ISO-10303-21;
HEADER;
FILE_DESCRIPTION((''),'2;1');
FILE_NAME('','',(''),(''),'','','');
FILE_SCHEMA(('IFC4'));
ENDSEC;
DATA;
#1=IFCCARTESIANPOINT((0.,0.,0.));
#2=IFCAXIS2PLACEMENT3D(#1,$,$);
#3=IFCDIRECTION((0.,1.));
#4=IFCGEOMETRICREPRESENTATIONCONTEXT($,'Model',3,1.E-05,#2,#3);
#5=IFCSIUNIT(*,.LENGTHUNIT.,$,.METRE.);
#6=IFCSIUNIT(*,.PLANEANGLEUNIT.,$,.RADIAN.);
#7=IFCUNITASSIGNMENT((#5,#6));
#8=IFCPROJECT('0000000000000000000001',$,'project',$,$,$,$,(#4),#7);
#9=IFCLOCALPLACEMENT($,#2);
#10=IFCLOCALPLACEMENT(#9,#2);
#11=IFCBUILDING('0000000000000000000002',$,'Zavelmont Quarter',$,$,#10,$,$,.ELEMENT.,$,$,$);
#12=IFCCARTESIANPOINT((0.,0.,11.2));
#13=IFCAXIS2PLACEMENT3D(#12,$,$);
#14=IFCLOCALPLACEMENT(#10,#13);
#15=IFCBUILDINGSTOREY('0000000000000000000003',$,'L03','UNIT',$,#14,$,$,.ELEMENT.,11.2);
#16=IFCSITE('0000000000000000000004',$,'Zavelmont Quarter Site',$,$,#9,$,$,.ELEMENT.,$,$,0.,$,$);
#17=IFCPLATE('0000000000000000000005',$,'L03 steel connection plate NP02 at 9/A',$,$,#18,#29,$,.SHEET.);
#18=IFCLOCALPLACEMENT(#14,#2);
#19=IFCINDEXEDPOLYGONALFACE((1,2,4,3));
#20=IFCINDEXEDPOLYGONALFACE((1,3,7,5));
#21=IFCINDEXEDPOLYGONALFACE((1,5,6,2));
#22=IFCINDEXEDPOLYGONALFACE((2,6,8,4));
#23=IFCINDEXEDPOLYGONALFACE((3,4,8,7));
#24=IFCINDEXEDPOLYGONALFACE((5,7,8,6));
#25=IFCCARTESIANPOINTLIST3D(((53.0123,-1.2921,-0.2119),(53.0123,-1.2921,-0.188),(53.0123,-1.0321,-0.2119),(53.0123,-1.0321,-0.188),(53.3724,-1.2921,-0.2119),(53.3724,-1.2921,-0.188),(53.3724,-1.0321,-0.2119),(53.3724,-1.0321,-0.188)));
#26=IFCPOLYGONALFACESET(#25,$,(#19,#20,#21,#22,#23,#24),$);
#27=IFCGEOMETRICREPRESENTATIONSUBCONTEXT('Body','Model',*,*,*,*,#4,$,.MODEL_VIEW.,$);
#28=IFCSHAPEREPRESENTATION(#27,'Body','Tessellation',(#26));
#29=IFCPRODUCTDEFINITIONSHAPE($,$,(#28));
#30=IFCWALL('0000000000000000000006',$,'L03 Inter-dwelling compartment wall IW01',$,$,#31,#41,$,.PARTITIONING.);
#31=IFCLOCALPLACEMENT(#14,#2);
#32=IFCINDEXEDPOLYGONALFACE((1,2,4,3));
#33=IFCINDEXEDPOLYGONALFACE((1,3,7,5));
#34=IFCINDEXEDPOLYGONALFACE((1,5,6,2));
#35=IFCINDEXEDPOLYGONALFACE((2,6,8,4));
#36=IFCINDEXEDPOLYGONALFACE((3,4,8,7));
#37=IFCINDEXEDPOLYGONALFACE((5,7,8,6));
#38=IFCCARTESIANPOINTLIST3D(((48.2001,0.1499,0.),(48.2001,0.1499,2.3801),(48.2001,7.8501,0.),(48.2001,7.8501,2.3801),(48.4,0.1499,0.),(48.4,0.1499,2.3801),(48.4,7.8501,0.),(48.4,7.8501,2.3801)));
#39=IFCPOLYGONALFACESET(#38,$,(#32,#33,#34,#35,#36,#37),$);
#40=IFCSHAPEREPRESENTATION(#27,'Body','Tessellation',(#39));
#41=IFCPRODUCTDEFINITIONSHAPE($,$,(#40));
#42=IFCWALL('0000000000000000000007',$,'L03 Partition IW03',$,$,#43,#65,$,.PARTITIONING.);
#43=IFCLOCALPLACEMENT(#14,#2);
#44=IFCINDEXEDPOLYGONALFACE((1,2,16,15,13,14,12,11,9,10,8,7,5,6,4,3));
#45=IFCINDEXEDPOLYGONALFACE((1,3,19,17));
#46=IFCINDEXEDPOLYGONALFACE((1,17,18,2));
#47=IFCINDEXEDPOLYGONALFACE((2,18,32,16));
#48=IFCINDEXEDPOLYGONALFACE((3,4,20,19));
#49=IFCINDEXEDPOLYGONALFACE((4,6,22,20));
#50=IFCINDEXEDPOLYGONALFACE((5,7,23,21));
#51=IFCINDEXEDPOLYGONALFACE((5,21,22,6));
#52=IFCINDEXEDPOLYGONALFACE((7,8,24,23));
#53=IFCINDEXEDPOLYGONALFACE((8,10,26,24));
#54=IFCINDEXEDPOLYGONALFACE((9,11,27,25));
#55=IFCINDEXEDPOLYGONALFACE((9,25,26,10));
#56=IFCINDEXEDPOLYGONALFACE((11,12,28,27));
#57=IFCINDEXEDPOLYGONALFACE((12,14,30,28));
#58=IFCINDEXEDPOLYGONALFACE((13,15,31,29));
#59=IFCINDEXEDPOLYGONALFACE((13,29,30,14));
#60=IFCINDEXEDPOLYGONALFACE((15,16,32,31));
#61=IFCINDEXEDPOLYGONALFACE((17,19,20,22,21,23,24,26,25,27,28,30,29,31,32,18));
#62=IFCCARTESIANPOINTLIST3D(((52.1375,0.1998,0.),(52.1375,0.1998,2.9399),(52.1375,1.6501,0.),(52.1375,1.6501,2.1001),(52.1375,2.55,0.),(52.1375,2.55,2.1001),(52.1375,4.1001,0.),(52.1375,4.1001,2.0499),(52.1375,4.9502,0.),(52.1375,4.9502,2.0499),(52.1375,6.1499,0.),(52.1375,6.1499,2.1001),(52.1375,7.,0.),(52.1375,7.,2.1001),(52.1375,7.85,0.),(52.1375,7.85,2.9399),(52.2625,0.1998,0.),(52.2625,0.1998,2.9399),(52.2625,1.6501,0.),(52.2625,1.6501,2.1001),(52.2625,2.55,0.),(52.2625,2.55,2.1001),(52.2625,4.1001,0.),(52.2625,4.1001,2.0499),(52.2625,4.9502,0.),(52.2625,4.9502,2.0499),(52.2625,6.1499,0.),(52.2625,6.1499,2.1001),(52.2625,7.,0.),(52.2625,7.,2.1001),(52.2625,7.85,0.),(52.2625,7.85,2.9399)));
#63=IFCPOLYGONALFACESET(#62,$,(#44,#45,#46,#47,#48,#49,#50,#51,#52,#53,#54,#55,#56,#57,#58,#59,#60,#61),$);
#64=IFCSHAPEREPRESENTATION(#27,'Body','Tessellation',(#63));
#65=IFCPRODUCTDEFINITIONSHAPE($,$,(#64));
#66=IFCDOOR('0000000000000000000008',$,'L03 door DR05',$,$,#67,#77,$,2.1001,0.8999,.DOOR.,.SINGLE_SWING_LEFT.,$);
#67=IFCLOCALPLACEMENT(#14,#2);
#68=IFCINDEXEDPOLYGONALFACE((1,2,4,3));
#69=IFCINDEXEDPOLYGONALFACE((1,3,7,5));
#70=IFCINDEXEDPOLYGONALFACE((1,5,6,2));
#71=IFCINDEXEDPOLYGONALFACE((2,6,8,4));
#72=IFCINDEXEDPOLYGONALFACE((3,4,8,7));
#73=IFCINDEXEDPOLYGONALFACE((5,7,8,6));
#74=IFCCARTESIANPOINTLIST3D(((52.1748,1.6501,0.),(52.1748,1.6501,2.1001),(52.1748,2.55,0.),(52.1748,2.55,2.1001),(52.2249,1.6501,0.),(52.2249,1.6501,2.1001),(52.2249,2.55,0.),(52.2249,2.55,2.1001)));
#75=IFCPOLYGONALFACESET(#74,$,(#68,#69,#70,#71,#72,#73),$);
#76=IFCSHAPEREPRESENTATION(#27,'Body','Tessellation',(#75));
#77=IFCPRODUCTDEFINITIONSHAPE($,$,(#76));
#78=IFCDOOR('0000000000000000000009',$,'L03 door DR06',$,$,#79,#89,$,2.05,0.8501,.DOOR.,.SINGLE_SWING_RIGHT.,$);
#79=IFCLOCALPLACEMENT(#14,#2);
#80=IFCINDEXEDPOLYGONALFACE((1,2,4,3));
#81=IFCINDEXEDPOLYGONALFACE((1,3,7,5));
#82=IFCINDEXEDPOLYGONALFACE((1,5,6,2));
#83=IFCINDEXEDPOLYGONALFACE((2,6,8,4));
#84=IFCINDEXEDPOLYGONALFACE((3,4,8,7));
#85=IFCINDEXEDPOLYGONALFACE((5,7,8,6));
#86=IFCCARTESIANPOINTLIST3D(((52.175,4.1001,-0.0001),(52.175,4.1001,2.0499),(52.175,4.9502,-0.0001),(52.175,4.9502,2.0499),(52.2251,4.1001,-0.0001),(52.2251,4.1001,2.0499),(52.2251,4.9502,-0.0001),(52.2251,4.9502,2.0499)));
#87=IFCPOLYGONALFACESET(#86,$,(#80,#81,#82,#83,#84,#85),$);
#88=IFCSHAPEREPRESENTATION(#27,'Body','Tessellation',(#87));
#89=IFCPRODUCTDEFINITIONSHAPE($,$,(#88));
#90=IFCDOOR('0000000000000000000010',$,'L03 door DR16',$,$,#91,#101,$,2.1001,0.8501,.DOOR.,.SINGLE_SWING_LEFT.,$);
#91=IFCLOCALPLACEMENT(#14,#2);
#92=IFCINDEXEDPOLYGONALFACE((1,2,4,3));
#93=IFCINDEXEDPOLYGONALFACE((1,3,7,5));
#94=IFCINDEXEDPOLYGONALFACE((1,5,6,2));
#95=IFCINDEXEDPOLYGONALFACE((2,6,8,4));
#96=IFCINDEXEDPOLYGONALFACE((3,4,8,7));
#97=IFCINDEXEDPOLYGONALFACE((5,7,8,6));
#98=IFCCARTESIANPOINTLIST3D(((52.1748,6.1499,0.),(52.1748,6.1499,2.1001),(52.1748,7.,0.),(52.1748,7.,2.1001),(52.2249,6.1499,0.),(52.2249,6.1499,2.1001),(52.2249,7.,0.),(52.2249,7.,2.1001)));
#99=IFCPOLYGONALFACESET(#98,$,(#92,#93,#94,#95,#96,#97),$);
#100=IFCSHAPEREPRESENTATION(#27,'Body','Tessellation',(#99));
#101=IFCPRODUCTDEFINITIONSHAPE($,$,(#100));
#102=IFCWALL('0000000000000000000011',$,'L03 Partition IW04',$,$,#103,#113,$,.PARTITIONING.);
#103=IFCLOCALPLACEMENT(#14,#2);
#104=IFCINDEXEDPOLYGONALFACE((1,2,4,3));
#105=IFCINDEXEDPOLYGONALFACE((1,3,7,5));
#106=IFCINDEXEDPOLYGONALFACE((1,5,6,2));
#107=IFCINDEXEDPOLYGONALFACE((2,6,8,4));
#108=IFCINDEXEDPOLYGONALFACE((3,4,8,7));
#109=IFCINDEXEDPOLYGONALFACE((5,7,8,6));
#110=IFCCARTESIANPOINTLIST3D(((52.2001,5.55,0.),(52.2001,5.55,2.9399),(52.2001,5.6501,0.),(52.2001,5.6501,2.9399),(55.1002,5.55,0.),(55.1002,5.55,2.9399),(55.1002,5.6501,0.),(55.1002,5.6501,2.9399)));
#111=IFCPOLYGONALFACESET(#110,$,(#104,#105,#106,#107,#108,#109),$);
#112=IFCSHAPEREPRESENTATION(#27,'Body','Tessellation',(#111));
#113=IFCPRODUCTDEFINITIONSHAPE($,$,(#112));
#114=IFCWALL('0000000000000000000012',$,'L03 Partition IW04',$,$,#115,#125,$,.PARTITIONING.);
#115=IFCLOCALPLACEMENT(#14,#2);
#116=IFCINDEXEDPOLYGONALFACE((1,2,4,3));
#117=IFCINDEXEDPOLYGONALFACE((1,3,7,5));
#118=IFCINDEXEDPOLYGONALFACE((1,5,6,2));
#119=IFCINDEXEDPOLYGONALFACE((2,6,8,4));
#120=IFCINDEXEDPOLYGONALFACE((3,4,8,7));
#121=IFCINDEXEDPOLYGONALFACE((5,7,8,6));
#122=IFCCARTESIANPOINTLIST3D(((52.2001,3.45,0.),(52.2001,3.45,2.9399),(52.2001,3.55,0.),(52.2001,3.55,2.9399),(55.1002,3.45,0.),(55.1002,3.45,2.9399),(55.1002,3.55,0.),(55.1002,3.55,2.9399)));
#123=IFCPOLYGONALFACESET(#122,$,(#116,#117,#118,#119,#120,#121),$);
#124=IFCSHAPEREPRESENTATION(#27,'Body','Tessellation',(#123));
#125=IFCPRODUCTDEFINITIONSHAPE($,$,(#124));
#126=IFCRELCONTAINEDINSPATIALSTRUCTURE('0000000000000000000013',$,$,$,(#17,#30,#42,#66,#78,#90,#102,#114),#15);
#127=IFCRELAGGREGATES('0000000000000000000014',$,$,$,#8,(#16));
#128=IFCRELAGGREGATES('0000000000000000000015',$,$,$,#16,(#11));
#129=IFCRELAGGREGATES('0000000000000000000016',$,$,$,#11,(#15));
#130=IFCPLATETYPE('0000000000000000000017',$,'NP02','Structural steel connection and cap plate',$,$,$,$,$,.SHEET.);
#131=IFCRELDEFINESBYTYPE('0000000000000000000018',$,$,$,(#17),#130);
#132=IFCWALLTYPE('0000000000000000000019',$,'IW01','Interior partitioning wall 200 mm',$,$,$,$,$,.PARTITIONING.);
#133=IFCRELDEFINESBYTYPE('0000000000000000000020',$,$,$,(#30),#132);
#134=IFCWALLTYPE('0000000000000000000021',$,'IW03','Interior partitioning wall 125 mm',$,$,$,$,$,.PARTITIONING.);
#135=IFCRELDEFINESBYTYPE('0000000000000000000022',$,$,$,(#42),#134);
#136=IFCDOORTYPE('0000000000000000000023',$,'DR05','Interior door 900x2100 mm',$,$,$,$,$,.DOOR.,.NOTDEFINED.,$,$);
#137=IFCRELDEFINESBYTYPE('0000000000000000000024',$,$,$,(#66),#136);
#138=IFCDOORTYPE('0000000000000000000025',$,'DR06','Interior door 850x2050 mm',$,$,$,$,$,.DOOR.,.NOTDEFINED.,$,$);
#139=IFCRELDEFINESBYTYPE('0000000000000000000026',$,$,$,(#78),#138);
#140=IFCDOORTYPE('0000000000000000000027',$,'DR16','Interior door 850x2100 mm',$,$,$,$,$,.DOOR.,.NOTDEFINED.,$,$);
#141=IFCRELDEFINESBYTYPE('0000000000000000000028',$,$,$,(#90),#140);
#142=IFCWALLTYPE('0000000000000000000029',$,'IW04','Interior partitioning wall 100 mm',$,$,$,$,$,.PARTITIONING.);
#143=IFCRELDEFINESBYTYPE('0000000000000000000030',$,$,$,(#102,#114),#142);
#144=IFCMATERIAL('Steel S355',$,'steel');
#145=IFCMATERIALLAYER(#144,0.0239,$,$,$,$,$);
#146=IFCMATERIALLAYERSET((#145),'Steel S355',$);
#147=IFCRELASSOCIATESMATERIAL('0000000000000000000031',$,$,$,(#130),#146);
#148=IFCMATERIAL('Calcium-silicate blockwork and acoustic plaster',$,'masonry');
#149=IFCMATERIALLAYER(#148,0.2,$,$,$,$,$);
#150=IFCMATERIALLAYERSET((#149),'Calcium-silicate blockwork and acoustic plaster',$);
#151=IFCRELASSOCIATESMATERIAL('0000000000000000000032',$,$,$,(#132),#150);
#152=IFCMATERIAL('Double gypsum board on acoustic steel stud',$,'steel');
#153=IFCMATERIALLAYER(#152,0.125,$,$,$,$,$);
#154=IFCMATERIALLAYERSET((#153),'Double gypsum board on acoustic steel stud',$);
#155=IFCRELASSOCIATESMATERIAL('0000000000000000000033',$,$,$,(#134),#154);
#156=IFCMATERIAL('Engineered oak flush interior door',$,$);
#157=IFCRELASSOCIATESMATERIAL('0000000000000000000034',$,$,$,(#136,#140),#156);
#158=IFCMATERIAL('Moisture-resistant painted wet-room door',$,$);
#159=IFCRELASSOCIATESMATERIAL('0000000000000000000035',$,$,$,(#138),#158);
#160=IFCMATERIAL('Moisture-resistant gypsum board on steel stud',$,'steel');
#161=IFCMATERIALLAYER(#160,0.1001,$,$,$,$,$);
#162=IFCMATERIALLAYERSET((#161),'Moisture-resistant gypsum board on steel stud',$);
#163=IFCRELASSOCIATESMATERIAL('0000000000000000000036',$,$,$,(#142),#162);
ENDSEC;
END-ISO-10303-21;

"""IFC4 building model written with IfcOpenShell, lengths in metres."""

from ifc_helpers import new_model, si_unit, direction, frame, frame_2d, origin, origin_with_axes, origin_2d, place, context, subcontext, project, spatial, rectangle, extrude, material, layer, layer_set, type_object, element, fill, save


model = new_model("IFC4")

# Units and contexts
model_context = context("Model", 3, precision=1e-05, world=origin(), true_north=direction((0.0, 1.0)))
body_context = subcontext(model_context, "Body", "Model", "MODEL_VIEW")
ifc_project = project(units=[si_unit("LENGTHUNIT", "METRE"), si_unit("PLANEANGLEUNIT", "RADIAN")], contexts=[model_context])

# Site, building, storey
site_placement = place(None, origin())
site = spatial("IfcSite", under=ifc_project, at=site_placement, Name="Zavelmont Quarter Site", CompositionType="ELEMENT", RefElevation=0.0)
building_placement = place(site_placement, origin())
building = spatial("IfcBuilding", under=site, at=building_placement, Name="Zavelmont Quarter", CompositionType="ELEMENT")
storey_placement = place(building_placement, frame((0.0, 0.0, 11.2)))
storey = spatial("IfcBuildingStorey", under=building, at=storey_placement, Name="L03", Description="UNIT", CompositionType="ELEMENT", Elevation=11.2)

# Shared definitions
ifc_material_1 = material(Name="Steel S355", Category="steel")

# Plate
ifc_layer_1 = layer(ifc_material_1, 0.0239)
ifc_layer_set_1 = layer_set([ifc_layer_1], Name="Steel S355")
plate_type = type_object("IfcPlateType", Name="NP02", Description="Structural steel connection and cap plate", PredefinedType="SHEET", material=ifc_layer_set_1)
plate_placement = place(storey_placement, frame((53.1924, -1.1621, -0.2119), z_axis=(0.0, 0.0, 1.0), x_axis=(1.0, 0.0, 0.0)))
element("IfcPlate", 1, at=plate_placement, inside=storey, type_object=plate_type, Name="L03 steel connection plate NP02 at 9/A", PredefinedType="SHEET", context=body_context, shape_type="SweptSolid", body=[
    extrude(rectangle(XDim=0.3601, YDim=0.26, at=origin_2d()), origin(), (0.0, 0.0, 1.0), 0.0239),
])

# Wall
ifc_material_2 = material(Name="Calcium-silicate blockwork and acoustic plaster", Category="masonry")
ifc_layer_2 = layer(ifc_material_2, 0.2)
ifc_layer_set_2 = layer_set([ifc_layer_2], Name="Calcium-silicate blockwork and acoustic plaster")
wall_type_1 = type_object("IfcWallType", Name="IW01", Description="Interior partitioning wall 200 mm", PredefinedType="PARTITIONING", material=ifc_layer_set_2)
wall_1_placement = place(storey_placement, frame((48.3, 7.8501, 0.0), z_axis=(0.0, 0.0, 1.0), x_axis=(0.0, -1.0, 0.0)))
element("IfcWall", 2, at=wall_1_placement, inside=storey, type_object=wall_type_1, Name="L03 Inter-dwelling compartment wall IW01", PredefinedType="PARTITIONING", context=body_context, shape_type="SweptSolid", body=[
    extrude(rectangle(XDim=7.7002, YDim=0.2, at=frame_2d((3.8501, 0.0))), origin(), (0.0, 0.0, 1.0), 2.3801),
])

# Wall, openings, doors
ifc_material_3 = material(Name="Double gypsum board on acoustic steel stud", Category="steel")
ifc_layer_3 = layer(ifc_material_3, 0.125)
ifc_layer_set_3 = layer_set([ifc_layer_3], Name="Double gypsum board on acoustic steel stud")
wall_type_2 = type_object("IfcWallType", Name="IW03", Description="Interior partitioning wall 125 mm", PredefinedType="PARTITIONING", material=ifc_layer_set_3)
wall_2_placement = place(storey_placement, frame((52.2, 7.8501, 0.0), z_axis=(0.0, 0.0, 1.0), x_axis=(0.0, -1.0, 0.0)))
wall_2 = element("IfcWall", 3, at=wall_2_placement, inside=storey, type_object=wall_type_2, Name="L03 Partition IW03", PredefinedType="PARTITIONING", context=body_context, shape_type="SweptSolid", body=[
    extrude(rectangle(XDim=7.6501, YDim=0.125, at=frame_2d((3.8252, 0.0))), origin(), (0.0, 0.0, 1.0), 2.9399),
])
opening_1_placement = place(wall_2_placement, frame((0.8501, 0.0, 0.0)))
opening_1 = element("IfcOpeningElement", 4, at=opening_1_placement, cuts=wall_2, PredefinedType="OPENING", context=body_context, shape_type="SweptSolid", body=[
    extrude(rectangle(XDim=0.8501, YDim=2.1001, at=frame_2d((0.425, 1.05))), frame((0.0, 0.0745, 0.0), z_axis=(0.0, -1.0, 0.0), x_axis=(1.0, 0.0, 0.0)), (0.0, 0.0, 1.0), 0.1489),
])
opening_2_placement = place(wall_2_placement, frame((2.8999, 0.0, 0.0)))
opening_2 = element("IfcOpeningElement", 5, at=opening_2_placement, cuts=wall_2, PredefinedType="OPENING", context=body_context, shape_type="SweptSolid", body=[
    extrude(rectangle(XDim=0.8501, YDim=2.05, at=frame_2d((0.425, 1.0249))), frame((0.0, 0.0745, 0.0), z_axis=(0.0, -1.0, 0.0), x_axis=(1.0, 0.0, 0.0)), (0.0, 0.0, 1.0), 0.1489),
])
opening_3_placement = place(wall_2_placement, frame((5.3, 0.0, 0.0)))
opening_3 = element("IfcOpeningElement", 6, at=opening_3_placement, cuts=wall_2, PredefinedType="OPENING", context=body_context, shape_type="SweptSolid", body=[
    extrude(rectangle(XDim=0.8999, YDim=2.1001, at=frame_2d((0.45, 1.05))), frame((0.0, 0.0745, 0.0), z_axis=(0.0, -1.0, 0.0), x_axis=(1.0, 0.0, 0.0)), (0.0, 0.0, 1.0), 0.1489),
])
ifc_material_4 = material(Name="Engineered oak flush interior door")
door_type_1 = type_object("IfcDoorType", Name="DR05", Description="Interior door 900x2100 mm", OperationType="NOTDEFINED", PredefinedType="DOOR", material=ifc_material_4)
door_1_placement = place(opening_3_placement, origin_with_axes())
door_1 = element("IfcDoor", 7, at=door_1_placement, inside=storey, type_object=door_type_1, Name="L03 door DR05", OperationType="SINGLE_SWING_LEFT", OverallHeight=2.1001, OverallWidth=0.8999, PredefinedType="DOOR", context=body_context, shape_type="SweptSolid", body=[
    extrude(rectangle(XDim=0.8999, YDim=2.1001, at=frame_2d((0.45, 1.05))), frame((0.0, 0.0249, 0.0), z_axis=(0.0, -1.0, 0.0), x_axis=(1.0, 0.0, 0.0)), (0.0, 0.0, 1.0), 0.05),
])
fill(opening_3, door_1)
ifc_material_5 = material(Name="Moisture-resistant painted wet-room door")
door_type_2 = type_object("IfcDoorType", Name="DR06", Description="Interior door 850x2050 mm", OperationType="NOTDEFINED", PredefinedType="DOOR", material=ifc_material_5)
door_2_placement = place(opening_2_placement, frame((0.8501, 0.0, 0.0), z_axis=(0.0, 0.0, 1.0), x_axis=(-1.0, 0.0, 0.0)))
door_2 = element("IfcDoor", 8, at=door_2_placement, inside=storey, type_object=door_type_2, Name="L03 door DR06", OperationType="SINGLE_SWING_RIGHT", OverallHeight=2.05, OverallWidth=0.8501, PredefinedType="DOOR", context=body_context, shape_type="SweptSolid", body=[
    extrude(rectangle(XDim=0.8501, YDim=2.05, at=frame_2d((0.425, 1.0249))), frame((0.0, 0.0249, 0.0), z_axis=(0.0, -1.0, 0.0), x_axis=(1.0, 0.0, 0.0)), (0.0, 0.0, 1.0), 0.05),
])
fill(opening_2, door_2)
door_type_3 = type_object("IfcDoorType", Name="DR16", Description="Interior door 850x2100 mm", OperationType="NOTDEFINED", PredefinedType="DOOR", material=ifc_material_4)
door_3_placement = place(opening_1_placement, origin_with_axes())
door_3 = element("IfcDoor", 9, at=door_3_placement, inside=storey, type_object=door_type_3, Name="L03 door DR16", OperationType="SINGLE_SWING_LEFT", OverallHeight=2.1001, OverallWidth=0.8501, PredefinedType="DOOR", context=body_context, shape_type="SweptSolid", body=[
    extrude(rectangle(XDim=0.8501, YDim=2.1001, at=frame_2d((0.425, 1.05))), frame((0.0, 0.0249, 0.0), z_axis=(0.0, -1.0, 0.0), x_axis=(1.0, 0.0, 0.0)), (0.0, 0.0, 1.0), 0.05),
])
fill(opening_1, door_3)

# Walls
ifc_material_6 = material(Name="Moisture-resistant gypsum board on steel stud", Category="steel")
ifc_layer_4 = layer(ifc_material_6, 0.1001)
ifc_layer_set_4 = layer_set([ifc_layer_4], Name="Moisture-resistant gypsum board on steel stud")
wall_type_3 = type_object("IfcWallType", Name="IW04", Description="Interior partitioning wall 100 mm", PredefinedType="PARTITIONING", material=ifc_layer_set_4)
for number, where, z_axis, x_axis, name in (
    (10, (52.2, 5.6001, 0.0), (0.0, 0.0, 1.0), (1.0, 0.0, 0.0), "L03 Partition IW04"),
    (11, (52.2, 3.5, 0.0), (0.0, 0.0, 1.0), (1.0, 0.0, 0.0), "L03 Partition IW04"),
):
    element("IfcWall", number, at=place(storey_placement, frame(where, z_axis=z_axis, x_axis=x_axis)), inside=storey, type_object=wall_type_3, Name=name, PredefinedType="PARTITIONING", context=body_context, shape_type="SweptSolid", body=[
        extrude(rectangle(XDim=2.9001, YDim=0.1001, at=frame_2d((1.4502, 0.0))), origin(), (0.0, 0.0, 1.0), 2.9399),
    ])

save(model, "model.ifc")
